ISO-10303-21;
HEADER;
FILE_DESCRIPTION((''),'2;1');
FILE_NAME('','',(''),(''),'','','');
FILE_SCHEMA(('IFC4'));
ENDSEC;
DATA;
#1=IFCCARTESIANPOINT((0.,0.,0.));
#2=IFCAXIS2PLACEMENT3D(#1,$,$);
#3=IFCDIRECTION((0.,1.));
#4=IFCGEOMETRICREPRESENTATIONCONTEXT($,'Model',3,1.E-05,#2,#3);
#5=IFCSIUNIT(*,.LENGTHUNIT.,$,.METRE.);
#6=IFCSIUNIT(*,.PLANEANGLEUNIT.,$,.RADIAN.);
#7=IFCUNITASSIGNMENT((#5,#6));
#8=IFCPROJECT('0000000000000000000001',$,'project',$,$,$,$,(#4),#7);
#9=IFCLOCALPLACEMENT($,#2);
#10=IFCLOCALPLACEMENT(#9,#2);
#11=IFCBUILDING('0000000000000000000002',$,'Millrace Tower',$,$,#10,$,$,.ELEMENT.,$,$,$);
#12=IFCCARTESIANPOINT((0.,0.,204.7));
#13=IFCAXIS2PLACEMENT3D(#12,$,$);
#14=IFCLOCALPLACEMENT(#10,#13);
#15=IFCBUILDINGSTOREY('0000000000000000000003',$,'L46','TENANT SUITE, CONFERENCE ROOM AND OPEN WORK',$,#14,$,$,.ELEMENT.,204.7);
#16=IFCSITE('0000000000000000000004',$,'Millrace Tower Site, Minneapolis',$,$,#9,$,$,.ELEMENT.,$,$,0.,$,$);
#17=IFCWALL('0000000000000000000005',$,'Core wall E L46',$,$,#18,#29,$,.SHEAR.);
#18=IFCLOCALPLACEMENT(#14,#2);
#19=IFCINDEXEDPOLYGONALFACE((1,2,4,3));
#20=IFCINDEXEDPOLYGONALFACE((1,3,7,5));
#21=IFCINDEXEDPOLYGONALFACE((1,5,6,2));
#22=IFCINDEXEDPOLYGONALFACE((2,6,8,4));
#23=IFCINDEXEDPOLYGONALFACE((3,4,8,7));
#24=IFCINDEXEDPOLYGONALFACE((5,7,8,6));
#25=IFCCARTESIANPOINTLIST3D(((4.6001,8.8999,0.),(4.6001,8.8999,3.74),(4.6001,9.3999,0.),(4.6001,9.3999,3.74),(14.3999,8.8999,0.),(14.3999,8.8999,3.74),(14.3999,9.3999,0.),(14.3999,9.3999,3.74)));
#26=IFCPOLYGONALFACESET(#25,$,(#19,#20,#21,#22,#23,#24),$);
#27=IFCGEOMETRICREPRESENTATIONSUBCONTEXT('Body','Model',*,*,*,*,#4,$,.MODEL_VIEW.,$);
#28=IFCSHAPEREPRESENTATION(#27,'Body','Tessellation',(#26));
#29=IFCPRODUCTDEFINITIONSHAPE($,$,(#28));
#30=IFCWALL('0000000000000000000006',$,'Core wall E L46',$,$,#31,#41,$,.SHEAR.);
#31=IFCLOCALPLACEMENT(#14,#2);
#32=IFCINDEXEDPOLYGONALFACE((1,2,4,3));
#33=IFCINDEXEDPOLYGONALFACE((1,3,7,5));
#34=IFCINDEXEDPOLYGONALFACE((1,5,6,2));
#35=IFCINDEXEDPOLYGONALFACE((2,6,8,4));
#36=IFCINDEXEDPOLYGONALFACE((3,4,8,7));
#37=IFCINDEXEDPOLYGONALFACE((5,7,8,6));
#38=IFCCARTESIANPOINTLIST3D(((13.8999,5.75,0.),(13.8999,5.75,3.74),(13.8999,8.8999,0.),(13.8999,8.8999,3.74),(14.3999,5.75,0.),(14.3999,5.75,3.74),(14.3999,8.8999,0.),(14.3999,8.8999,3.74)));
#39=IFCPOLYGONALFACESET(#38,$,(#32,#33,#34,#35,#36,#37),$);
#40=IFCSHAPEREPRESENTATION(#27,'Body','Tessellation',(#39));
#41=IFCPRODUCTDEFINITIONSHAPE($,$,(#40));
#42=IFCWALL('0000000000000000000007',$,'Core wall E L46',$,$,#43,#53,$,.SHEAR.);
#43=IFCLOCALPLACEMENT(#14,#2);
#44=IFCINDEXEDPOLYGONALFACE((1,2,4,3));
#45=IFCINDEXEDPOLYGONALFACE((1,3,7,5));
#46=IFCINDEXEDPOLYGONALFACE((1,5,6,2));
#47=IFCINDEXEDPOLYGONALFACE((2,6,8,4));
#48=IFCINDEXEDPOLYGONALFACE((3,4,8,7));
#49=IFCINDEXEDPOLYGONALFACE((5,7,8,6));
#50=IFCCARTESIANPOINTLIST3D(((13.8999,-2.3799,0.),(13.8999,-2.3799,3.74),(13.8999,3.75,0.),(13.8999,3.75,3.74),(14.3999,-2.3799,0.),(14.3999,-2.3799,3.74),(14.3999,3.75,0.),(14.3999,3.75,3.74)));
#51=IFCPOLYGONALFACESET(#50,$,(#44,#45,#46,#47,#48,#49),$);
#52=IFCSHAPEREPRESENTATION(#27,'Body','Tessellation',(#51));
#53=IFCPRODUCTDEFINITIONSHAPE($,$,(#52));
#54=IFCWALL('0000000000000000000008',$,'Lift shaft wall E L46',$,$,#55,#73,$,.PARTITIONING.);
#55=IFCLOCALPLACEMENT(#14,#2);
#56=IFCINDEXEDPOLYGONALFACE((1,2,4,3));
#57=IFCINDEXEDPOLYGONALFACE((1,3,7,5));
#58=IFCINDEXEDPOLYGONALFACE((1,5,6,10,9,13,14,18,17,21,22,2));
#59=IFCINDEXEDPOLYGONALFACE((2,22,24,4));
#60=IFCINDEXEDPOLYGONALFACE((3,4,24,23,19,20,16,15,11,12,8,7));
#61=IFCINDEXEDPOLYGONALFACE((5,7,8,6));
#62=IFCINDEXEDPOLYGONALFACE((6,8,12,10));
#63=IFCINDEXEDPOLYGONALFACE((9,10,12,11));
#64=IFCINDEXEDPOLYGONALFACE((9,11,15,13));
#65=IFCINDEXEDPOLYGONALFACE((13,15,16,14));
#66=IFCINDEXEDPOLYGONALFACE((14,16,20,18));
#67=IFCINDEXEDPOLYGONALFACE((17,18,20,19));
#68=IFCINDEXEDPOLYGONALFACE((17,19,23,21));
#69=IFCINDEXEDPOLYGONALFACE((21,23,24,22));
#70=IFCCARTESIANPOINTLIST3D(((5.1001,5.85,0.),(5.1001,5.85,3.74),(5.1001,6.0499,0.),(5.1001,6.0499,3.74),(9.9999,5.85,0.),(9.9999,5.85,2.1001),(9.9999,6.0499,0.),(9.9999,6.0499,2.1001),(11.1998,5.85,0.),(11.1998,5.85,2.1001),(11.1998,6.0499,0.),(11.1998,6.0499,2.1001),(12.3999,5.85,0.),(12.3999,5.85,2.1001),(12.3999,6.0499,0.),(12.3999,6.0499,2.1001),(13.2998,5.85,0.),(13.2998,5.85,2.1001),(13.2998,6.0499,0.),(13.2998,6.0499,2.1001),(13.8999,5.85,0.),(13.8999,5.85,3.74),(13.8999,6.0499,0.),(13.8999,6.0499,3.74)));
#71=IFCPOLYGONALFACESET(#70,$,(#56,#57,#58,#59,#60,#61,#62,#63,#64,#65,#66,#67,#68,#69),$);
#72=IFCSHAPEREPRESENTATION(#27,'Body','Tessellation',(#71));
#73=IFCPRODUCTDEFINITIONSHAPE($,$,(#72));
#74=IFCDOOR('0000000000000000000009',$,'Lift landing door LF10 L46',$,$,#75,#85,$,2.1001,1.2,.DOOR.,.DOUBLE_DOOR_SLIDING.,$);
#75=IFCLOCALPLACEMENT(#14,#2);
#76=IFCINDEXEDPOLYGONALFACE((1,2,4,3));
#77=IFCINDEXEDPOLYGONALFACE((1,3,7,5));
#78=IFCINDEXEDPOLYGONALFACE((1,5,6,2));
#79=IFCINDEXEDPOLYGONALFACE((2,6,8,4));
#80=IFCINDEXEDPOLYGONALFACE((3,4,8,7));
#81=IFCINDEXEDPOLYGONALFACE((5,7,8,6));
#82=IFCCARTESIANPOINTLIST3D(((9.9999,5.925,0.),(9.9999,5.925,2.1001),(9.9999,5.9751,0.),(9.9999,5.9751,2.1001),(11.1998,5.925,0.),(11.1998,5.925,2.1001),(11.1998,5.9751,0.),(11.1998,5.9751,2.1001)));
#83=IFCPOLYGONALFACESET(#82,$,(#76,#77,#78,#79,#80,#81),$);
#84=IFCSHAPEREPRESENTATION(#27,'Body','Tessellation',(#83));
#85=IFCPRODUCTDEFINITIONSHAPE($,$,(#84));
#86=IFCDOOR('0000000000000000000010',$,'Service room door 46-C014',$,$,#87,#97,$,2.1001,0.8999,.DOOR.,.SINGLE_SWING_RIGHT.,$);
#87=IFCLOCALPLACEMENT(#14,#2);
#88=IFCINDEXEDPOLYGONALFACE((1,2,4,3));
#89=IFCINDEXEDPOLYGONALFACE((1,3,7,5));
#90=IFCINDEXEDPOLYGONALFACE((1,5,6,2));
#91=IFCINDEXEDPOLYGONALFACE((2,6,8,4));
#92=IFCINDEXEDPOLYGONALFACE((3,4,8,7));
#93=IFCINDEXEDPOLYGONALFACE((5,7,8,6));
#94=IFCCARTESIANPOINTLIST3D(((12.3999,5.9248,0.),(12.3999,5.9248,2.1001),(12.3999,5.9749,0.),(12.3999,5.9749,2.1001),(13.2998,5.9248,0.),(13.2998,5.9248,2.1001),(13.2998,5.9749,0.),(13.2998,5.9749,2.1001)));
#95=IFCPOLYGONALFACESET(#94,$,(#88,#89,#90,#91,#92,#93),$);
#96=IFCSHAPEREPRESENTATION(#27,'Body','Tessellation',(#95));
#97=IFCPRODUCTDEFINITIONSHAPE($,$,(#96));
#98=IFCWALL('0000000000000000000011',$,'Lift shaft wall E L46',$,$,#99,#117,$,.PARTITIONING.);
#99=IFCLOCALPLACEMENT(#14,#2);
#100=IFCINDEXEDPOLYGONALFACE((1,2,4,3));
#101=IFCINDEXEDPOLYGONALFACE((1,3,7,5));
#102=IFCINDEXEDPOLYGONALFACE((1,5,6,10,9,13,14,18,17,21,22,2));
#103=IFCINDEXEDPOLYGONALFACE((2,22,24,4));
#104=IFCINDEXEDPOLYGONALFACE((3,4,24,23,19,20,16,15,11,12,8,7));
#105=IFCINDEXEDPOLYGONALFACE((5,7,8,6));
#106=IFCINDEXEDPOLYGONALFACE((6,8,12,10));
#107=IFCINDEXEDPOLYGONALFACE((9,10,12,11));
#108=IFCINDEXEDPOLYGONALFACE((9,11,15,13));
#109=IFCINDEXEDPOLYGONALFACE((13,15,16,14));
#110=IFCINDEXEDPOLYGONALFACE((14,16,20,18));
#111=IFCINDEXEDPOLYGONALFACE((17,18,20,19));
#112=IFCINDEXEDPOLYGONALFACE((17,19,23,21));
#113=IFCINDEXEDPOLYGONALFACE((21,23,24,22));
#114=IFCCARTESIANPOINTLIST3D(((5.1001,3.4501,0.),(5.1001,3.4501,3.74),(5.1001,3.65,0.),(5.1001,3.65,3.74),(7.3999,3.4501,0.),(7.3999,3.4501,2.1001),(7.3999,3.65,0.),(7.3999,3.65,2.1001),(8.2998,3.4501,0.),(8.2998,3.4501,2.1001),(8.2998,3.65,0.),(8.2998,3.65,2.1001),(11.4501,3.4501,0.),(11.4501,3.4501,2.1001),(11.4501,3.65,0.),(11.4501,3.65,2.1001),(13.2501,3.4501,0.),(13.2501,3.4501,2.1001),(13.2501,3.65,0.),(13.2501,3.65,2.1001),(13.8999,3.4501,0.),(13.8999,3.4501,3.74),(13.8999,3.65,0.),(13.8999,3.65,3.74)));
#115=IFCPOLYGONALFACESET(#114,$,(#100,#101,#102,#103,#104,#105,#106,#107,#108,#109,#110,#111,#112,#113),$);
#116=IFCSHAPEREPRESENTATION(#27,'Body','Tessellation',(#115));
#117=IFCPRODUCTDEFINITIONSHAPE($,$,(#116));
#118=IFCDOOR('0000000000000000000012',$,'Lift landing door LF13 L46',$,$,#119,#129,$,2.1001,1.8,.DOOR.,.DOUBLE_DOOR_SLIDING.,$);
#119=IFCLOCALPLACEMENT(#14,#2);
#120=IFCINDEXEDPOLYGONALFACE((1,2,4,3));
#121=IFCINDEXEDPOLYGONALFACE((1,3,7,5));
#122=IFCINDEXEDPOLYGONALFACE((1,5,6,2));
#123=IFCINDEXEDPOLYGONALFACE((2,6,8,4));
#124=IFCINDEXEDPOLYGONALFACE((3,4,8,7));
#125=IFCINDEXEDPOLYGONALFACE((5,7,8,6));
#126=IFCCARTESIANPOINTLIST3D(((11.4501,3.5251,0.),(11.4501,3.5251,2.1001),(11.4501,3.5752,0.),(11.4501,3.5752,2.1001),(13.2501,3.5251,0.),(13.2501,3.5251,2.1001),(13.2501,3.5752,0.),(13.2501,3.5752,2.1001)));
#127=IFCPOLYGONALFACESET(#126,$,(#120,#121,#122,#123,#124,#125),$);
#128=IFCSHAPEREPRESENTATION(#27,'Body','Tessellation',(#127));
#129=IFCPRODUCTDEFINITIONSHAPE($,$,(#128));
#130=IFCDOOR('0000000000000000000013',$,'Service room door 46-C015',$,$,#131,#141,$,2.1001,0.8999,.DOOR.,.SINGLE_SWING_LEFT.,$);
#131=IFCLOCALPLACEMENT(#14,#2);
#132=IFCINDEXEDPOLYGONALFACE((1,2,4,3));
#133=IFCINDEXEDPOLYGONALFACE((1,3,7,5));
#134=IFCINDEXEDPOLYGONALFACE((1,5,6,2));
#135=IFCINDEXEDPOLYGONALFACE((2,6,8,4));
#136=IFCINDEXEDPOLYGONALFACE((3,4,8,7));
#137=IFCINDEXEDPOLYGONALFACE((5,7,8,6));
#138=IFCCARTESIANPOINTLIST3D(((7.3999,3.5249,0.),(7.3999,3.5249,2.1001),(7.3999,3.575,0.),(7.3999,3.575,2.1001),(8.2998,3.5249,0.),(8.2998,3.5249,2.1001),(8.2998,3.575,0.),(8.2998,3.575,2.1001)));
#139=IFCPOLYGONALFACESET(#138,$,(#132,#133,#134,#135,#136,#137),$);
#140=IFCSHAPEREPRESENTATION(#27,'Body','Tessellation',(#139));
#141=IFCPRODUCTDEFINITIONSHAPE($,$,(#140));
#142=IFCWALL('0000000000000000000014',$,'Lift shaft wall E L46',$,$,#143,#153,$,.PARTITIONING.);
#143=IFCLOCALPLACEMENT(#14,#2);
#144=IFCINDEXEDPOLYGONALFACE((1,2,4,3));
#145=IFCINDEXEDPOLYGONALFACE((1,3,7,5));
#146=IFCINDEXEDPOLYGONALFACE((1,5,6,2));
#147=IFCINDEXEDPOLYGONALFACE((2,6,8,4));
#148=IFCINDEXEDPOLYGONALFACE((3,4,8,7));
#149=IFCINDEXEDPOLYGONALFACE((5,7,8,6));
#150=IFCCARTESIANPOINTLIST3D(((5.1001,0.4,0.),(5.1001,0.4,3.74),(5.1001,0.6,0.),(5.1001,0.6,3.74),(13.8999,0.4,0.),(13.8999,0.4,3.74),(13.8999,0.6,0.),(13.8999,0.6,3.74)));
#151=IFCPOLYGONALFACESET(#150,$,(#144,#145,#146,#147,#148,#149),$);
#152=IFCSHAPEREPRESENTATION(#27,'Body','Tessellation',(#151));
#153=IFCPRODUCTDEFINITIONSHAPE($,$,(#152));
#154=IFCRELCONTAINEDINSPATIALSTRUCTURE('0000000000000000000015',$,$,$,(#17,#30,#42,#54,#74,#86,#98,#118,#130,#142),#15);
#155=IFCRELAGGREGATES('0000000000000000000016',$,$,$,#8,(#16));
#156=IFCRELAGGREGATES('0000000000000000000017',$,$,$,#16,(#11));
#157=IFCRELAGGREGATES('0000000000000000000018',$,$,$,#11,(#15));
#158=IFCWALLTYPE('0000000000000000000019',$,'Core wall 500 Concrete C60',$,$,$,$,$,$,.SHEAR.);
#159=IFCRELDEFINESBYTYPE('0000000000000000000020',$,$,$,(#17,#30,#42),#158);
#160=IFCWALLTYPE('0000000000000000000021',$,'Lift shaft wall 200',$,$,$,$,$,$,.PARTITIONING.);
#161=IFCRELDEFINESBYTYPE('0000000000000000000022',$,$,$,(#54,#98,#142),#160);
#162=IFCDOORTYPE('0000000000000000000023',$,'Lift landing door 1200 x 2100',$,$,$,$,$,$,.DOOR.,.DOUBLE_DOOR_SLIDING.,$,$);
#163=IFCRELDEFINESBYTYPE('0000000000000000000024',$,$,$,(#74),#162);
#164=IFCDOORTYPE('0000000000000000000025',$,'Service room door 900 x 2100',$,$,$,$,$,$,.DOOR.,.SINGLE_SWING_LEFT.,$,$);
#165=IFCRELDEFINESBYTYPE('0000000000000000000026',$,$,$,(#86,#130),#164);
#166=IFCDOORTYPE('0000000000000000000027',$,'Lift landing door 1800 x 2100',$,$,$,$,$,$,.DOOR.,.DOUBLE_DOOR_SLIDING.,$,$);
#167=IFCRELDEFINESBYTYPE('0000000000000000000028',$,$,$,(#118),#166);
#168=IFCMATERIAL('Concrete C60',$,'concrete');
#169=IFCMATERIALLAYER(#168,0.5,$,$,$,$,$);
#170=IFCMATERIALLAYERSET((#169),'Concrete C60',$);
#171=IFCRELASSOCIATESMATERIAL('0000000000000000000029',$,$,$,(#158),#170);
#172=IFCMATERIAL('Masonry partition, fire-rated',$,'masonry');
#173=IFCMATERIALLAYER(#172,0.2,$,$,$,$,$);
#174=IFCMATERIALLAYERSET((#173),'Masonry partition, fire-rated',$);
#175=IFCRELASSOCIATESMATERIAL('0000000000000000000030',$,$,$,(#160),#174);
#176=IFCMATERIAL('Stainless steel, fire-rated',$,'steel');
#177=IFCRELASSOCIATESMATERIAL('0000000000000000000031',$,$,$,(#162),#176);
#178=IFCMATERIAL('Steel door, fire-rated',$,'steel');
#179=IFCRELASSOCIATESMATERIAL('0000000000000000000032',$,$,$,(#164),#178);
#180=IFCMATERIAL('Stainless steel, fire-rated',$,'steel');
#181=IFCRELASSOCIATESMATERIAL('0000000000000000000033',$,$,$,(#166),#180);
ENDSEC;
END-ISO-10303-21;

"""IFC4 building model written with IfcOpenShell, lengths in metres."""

from ifc_helpers import new_model, si_unit, direction, frame, frame_2d, origin, place, context, subcontext, project, spatial, rectangle, extrude, material, layer, layer_set, type_object, element, fill, save


model = new_model("IFC4")

# Units and contexts
model_context = context("Model", 3, precision=1e-05, world=origin(), true_north=direction((0.0, 1.0)))
body_context = subcontext(model_context, "Body", "Model", "MODEL_VIEW")
ifc_project = project(units=[si_unit("LENGTHUNIT", "METRE"), si_unit("PLANEANGLEUNIT", "RADIAN")], contexts=[model_context])

# Site, building, storey
site_placement = place(None, origin())
site = spatial("IfcSite", under=ifc_project, at=site_placement, Name="Millrace Tower Site, Minneapolis", CompositionType="ELEMENT", RefElevation=0.0)
building_placement = place(site_placement, origin())
building = spatial("IfcBuilding", under=site, at=building_placement, Name="Millrace Tower", CompositionType="ELEMENT")
storey_placement = place(building_placement, frame((0.0, 0.0, 204.7)))
storey = spatial("IfcBuildingStorey", under=building, at=storey_placement, Name="L46", Description="TENANT SUITE, CONFERENCE ROOM AND OPEN WORK", CompositionType="ELEMENT", Elevation=204.7)

# Walls
ifc_material_1 = material(Name="Concrete C60", Category="concrete")
ifc_layer_1 = layer(ifc_material_1, 0.5)
ifc_layer_set_1 = layer_set([ifc_layer_1], Name="Concrete C60")
wall_type_1 = type_object("IfcWallType", Name="Core wall 500 Concrete C60", PredefinedType="SHEAR", material=ifc_layer_set_1)
wall_1_placement = place(storey_placement, frame((14.3999, 9.1499, 0.0), z_axis=(0.0, 0.0, 1.0), x_axis=(-1.0, 0.0, 0.0)))
element("IfcWall", 1, at=wall_1_placement, inside=storey, type_object=wall_type_1, Name="Core wall E L46", PredefinedType="SHEAR", context=body_context, shape_type="SweptSolid", body=[
    extrude(rectangle(XDim=9.7998, YDim=0.5, at=frame_2d((4.8999, 0.0))), origin(), (0.0, 0.0, 1.0), 3.74),
])
wall_2_placement = place(storey_placement, frame((14.1499, 8.8999, 0.0), z_axis=(0.0, 0.0, 1.0), x_axis=(0.0, -1.0, 0.0)))
element("IfcWall", 2, at=wall_2_placement, inside=storey, type_object=wall_type_1, Name="Core wall E L46", PredefinedType="SHEAR", context=body_context, shape_type="SweptSolid", body=[
    extrude(rectangle(XDim=3.1499, YDim=0.5, at=frame_2d((1.575, 0.0))), origin(), (0.0, 0.0, 1.0), 3.74),
])
wall_3_placement = place(storey_placement, frame((14.1499, 3.75, 0.0), z_axis=(0.0, 0.0, 1.0), x_axis=(0.0, -1.0, 0.0)))
element("IfcWall", 3, at=wall_3_placement, inside=storey, type_object=wall_type_1, Name="Core wall E L46", PredefinedType="SHEAR", context=body_context, shape_type="SweptSolid", body=[
    extrude(rectangle(XDim=6.1299, YDim=0.5, at=frame_2d((3.0649, 0.0))), origin(), (0.0, 0.0, 1.0), 3.74),
])

# Walls, openings, doors
ifc_material_2 = material(Name="Masonry partition, fire-rated", Category="masonry")
ifc_layer_2 = layer(ifc_material_2, 0.2)
ifc_layer_set_2 = layer_set([ifc_layer_2], Name="Masonry partition, fire-rated")
wall_type_2 = type_object("IfcWallType", Name="Lift shaft wall 200", PredefinedType="PARTITIONING", material=ifc_layer_set_2)
wall_4_placement = place(storey_placement, frame((13.8999, 5.95, 0.0), z_axis=(0.0, 0.0, 1.0), x_axis=(-1.0, 0.0, 0.0)))
wall_4 = element("IfcWall", 4, at=wall_4_placement, inside=storey, type_object=wall_type_2, Name="Lift shaft wall E L46", PredefinedType="PARTITIONING", context=body_context, shape_type="SweptSolid", body=[
    extrude(rectangle(XDim=8.7998, YDim=0.2, at=frame_2d((4.3999, 0.0))), origin(), (0.0, 0.0, 1.0), 3.74),
])
opening_1_placement = place(wall_4_placement, frame((2.7, 0.0, 0.0)))
opening_1 = element("IfcOpeningElement", 5, at=opening_1_placement, cuts=wall_4, PredefinedType="OPENING", context=body_context, shape_type="SweptSolid", body=[
    extrude(rectangle(XDim=1.2, YDim=2.1001, at=frame_2d((0.6001, 1.05))), frame((0.0, 0.1099, 0.0), z_axis=(0.0, -1.0, 0.0), x_axis=(1.0, 0.0, 0.0)), (0.0, 0.0, 1.0), 0.22),
])
opening_2_placement = place(wall_4_placement, frame((0.6001, 0.0, 0.0)))
opening_2 = element("IfcOpeningElement", 6, at=opening_2_placement, cuts=wall_4, PredefinedType="OPENING", context=body_context, shape_type="SweptSolid", body=[
    extrude(rectangle(XDim=0.8999, YDim=2.1001, at=frame_2d((0.45, 1.05))), frame((0.0, 0.1099, 0.0), z_axis=(0.0, -1.0, 0.0), x_axis=(1.0, 0.0, 0.0)), (0.0, 0.0, 1.0), 0.22),
])
ifc_material_3 = material(Name="Stainless steel, fire-rated", Category="steel")
door_type_1 = type_object("IfcDoorType", Name="Lift landing door 1200 x 2100", OperationType="DOUBLE_DOOR_SLIDING", PredefinedType="DOOR", material=ifc_material_3)
door_1_placement = place(opening_1_placement, origin())
door_1 = element("IfcDoor", 7, at=door_1_placement, inside=storey, type_object=door_type_1, Name="Lift landing door LF10 L46", OperationType="DOUBLE_DOOR_SLIDING", OverallHeight=2.1001, OverallWidth=1.2, PredefinedType="DOOR", context=body_context, shape_type="SweptSolid", body=[
    extrude(rectangle(XDim=1.2, YDim=2.1001, at=frame_2d((0.6001, 1.05))), frame((0.0, 0.0249, 0.0), z_axis=(0.0, -1.0, 0.0), x_axis=(1.0, 0.0, 0.0)), (0.0, 0.0, 1.0), 0.05),
])
fill(opening_1, door_1)
ifc_material_4 = material(Name="Steel door, fire-rated", Category="steel")
door_type_2 = type_object("IfcDoorType", Name="Service room door 900 x 2100", OperationType="SINGLE_SWING_LEFT", PredefinedType="DOOR", material=ifc_material_4)
door_2_placement = place(opening_2_placement, frame((0.8999, 0.0, 0.0), z_axis=(0.0, 0.0, 1.0), x_axis=(-1.0, 0.0, 0.0)))
door_2 = element("IfcDoor", 8, at=door_2_placement, inside=storey, type_object=door_type_2, Name="Service room door 46-C014", OperationType="SINGLE_SWING_RIGHT", OverallHeight=2.1001, OverallWidth=0.8999, PredefinedType="DOOR", context=body_context, shape_type="SweptSolid", body=[
    extrude(rectangle(XDim=0.8999, YDim=2.1001, at=frame_2d((0.45, 1.05))), frame((0.0, 0.0249, 0.0), z_axis=(0.0, -1.0, 0.0), x_axis=(1.0, 0.0, 0.0)), (0.0, 0.0, 1.0), 0.05),
])
fill(opening_2, door_2)
wall_5_placement = place(storey_placement, frame((13.8999, 3.55, 0.0), z_axis=(0.0, 0.0, 1.0), x_axis=(-1.0, 0.0, 0.0)))
wall_5 = element("IfcWall", 9, at=wall_5_placement, inside=storey, type_object=wall_type_2, Name="Lift shaft wall E L46", PredefinedType="PARTITIONING", context=body_context, shape_type="SweptSolid", body=[
    extrude(rectangle(XDim=8.7998, YDim=0.2, at=frame_2d((4.3999, 0.0))), origin(), (0.0, 0.0, 1.0), 3.74),
])
opening_3_placement = place(wall_5_placement, frame((0.6499, 0.0, 0.0)))
opening_3 = element("IfcOpeningElement", 10, at=opening_3_placement, cuts=wall_5, PredefinedType="OPENING", context=body_context, shape_type="SweptSolid", body=[
    extrude(rectangle(XDim=1.8, YDim=2.1001, at=frame_2d((0.8999, 1.05))), frame((0.0, 0.1099, 0.0), z_axis=(0.0, -1.0, 0.0), x_axis=(1.0, 0.0, 0.0)), (0.0, 0.0, 1.0), 0.22),
])
opening_4_placement = place(wall_5_placement, frame((5.6001, 0.0, 0.0)))
opening_4 = element("IfcOpeningElement", 11, at=opening_4_placement, cuts=wall_5, PredefinedType="OPENING", context=body_context, shape_type="SweptSolid", body=[
    extrude(rectangle(XDim=0.8999, YDim=2.1001, at=frame_2d((0.45, 1.05))), frame((0.0, 0.1099, 0.0), z_axis=(0.0, -1.0, 0.0), x_axis=(1.0, 0.0, 0.0)), (0.0, 0.0, 1.0), 0.22),
])
ifc_material_5 = material(Name="Stainless steel, fire-rated", Category="steel")
door_type_3 = type_object("IfcDoorType", Name="Lift landing door 1800 x 2100", OperationType="DOUBLE_DOOR_SLIDING", PredefinedType="DOOR", material=ifc_material_5)
door_3_placement = place(opening_3_placement, origin())
door_3 = element("IfcDoor", 12, at=door_3_placement, inside=storey, type_object=door_type_3, Name="Lift landing door LF13 L46", OperationType="DOUBLE_DOOR_SLIDING", OverallHeight=2.1001, OverallWidth=1.8, PredefinedType="DOOR", context=body_context, shape_type="SweptSolid", body=[
    extrude(rectangle(XDim=1.8, YDim=2.1001, at=frame_2d((0.8999, 1.05))), frame((0.0, 0.0249, 0.0), z_axis=(0.0, -1.0, 0.0), x_axis=(1.0, 0.0, 0.0)), (0.0, 0.0, 1.0), 0.05),
])
fill(opening_3, door_3)
door_4_placement = place(opening_4_placement, frame((0.8999, 0.0, 0.0), z_axis=(0.0, 0.0, 1.0), x_axis=(-1.0, 0.0, 0.0)))
door_4 = element("IfcDoor", 13, at=door_4_placement, inside=storey, type_object=door_type_2, Name="Service room door 46-C015", OperationType="SINGLE_SWING_LEFT", OverallHeight=2.1001, OverallWidth=0.8999, PredefinedType="DOOR", context=body_context, shape_type="SweptSolid", body=[
    extrude(rectangle(XDim=0.8999, YDim=2.1001, at=frame_2d((0.45, 1.05))), frame((0.0, 0.0249, 0.0), z_axis=(0.0, -1.0, 0.0), x_axis=(1.0, 0.0, 0.0)), (0.0, 0.0, 1.0), 0.05),
])
fill(opening_4, door_4)

# Wall
wall_6_placement = place(storey_placement, frame((13.8999, 0.5, 0.0), z_axis=(0.0, 0.0, 1.0), x_axis=(-1.0, 0.0, 0.0)))
element("IfcWall", 14, at=wall_6_placement, inside=storey, type_object=wall_type_2, Name="Lift shaft wall E L46", PredefinedType="PARTITIONING", context=body_context, shape_type="SweptSolid", body=[
    extrude(rectangle(XDim=8.7998, YDim=0.2, at=frame_2d((4.3999, 0.0))), origin(), (0.0, 0.0, 1.0), 3.74),
])

save(model, "model.ifc")
